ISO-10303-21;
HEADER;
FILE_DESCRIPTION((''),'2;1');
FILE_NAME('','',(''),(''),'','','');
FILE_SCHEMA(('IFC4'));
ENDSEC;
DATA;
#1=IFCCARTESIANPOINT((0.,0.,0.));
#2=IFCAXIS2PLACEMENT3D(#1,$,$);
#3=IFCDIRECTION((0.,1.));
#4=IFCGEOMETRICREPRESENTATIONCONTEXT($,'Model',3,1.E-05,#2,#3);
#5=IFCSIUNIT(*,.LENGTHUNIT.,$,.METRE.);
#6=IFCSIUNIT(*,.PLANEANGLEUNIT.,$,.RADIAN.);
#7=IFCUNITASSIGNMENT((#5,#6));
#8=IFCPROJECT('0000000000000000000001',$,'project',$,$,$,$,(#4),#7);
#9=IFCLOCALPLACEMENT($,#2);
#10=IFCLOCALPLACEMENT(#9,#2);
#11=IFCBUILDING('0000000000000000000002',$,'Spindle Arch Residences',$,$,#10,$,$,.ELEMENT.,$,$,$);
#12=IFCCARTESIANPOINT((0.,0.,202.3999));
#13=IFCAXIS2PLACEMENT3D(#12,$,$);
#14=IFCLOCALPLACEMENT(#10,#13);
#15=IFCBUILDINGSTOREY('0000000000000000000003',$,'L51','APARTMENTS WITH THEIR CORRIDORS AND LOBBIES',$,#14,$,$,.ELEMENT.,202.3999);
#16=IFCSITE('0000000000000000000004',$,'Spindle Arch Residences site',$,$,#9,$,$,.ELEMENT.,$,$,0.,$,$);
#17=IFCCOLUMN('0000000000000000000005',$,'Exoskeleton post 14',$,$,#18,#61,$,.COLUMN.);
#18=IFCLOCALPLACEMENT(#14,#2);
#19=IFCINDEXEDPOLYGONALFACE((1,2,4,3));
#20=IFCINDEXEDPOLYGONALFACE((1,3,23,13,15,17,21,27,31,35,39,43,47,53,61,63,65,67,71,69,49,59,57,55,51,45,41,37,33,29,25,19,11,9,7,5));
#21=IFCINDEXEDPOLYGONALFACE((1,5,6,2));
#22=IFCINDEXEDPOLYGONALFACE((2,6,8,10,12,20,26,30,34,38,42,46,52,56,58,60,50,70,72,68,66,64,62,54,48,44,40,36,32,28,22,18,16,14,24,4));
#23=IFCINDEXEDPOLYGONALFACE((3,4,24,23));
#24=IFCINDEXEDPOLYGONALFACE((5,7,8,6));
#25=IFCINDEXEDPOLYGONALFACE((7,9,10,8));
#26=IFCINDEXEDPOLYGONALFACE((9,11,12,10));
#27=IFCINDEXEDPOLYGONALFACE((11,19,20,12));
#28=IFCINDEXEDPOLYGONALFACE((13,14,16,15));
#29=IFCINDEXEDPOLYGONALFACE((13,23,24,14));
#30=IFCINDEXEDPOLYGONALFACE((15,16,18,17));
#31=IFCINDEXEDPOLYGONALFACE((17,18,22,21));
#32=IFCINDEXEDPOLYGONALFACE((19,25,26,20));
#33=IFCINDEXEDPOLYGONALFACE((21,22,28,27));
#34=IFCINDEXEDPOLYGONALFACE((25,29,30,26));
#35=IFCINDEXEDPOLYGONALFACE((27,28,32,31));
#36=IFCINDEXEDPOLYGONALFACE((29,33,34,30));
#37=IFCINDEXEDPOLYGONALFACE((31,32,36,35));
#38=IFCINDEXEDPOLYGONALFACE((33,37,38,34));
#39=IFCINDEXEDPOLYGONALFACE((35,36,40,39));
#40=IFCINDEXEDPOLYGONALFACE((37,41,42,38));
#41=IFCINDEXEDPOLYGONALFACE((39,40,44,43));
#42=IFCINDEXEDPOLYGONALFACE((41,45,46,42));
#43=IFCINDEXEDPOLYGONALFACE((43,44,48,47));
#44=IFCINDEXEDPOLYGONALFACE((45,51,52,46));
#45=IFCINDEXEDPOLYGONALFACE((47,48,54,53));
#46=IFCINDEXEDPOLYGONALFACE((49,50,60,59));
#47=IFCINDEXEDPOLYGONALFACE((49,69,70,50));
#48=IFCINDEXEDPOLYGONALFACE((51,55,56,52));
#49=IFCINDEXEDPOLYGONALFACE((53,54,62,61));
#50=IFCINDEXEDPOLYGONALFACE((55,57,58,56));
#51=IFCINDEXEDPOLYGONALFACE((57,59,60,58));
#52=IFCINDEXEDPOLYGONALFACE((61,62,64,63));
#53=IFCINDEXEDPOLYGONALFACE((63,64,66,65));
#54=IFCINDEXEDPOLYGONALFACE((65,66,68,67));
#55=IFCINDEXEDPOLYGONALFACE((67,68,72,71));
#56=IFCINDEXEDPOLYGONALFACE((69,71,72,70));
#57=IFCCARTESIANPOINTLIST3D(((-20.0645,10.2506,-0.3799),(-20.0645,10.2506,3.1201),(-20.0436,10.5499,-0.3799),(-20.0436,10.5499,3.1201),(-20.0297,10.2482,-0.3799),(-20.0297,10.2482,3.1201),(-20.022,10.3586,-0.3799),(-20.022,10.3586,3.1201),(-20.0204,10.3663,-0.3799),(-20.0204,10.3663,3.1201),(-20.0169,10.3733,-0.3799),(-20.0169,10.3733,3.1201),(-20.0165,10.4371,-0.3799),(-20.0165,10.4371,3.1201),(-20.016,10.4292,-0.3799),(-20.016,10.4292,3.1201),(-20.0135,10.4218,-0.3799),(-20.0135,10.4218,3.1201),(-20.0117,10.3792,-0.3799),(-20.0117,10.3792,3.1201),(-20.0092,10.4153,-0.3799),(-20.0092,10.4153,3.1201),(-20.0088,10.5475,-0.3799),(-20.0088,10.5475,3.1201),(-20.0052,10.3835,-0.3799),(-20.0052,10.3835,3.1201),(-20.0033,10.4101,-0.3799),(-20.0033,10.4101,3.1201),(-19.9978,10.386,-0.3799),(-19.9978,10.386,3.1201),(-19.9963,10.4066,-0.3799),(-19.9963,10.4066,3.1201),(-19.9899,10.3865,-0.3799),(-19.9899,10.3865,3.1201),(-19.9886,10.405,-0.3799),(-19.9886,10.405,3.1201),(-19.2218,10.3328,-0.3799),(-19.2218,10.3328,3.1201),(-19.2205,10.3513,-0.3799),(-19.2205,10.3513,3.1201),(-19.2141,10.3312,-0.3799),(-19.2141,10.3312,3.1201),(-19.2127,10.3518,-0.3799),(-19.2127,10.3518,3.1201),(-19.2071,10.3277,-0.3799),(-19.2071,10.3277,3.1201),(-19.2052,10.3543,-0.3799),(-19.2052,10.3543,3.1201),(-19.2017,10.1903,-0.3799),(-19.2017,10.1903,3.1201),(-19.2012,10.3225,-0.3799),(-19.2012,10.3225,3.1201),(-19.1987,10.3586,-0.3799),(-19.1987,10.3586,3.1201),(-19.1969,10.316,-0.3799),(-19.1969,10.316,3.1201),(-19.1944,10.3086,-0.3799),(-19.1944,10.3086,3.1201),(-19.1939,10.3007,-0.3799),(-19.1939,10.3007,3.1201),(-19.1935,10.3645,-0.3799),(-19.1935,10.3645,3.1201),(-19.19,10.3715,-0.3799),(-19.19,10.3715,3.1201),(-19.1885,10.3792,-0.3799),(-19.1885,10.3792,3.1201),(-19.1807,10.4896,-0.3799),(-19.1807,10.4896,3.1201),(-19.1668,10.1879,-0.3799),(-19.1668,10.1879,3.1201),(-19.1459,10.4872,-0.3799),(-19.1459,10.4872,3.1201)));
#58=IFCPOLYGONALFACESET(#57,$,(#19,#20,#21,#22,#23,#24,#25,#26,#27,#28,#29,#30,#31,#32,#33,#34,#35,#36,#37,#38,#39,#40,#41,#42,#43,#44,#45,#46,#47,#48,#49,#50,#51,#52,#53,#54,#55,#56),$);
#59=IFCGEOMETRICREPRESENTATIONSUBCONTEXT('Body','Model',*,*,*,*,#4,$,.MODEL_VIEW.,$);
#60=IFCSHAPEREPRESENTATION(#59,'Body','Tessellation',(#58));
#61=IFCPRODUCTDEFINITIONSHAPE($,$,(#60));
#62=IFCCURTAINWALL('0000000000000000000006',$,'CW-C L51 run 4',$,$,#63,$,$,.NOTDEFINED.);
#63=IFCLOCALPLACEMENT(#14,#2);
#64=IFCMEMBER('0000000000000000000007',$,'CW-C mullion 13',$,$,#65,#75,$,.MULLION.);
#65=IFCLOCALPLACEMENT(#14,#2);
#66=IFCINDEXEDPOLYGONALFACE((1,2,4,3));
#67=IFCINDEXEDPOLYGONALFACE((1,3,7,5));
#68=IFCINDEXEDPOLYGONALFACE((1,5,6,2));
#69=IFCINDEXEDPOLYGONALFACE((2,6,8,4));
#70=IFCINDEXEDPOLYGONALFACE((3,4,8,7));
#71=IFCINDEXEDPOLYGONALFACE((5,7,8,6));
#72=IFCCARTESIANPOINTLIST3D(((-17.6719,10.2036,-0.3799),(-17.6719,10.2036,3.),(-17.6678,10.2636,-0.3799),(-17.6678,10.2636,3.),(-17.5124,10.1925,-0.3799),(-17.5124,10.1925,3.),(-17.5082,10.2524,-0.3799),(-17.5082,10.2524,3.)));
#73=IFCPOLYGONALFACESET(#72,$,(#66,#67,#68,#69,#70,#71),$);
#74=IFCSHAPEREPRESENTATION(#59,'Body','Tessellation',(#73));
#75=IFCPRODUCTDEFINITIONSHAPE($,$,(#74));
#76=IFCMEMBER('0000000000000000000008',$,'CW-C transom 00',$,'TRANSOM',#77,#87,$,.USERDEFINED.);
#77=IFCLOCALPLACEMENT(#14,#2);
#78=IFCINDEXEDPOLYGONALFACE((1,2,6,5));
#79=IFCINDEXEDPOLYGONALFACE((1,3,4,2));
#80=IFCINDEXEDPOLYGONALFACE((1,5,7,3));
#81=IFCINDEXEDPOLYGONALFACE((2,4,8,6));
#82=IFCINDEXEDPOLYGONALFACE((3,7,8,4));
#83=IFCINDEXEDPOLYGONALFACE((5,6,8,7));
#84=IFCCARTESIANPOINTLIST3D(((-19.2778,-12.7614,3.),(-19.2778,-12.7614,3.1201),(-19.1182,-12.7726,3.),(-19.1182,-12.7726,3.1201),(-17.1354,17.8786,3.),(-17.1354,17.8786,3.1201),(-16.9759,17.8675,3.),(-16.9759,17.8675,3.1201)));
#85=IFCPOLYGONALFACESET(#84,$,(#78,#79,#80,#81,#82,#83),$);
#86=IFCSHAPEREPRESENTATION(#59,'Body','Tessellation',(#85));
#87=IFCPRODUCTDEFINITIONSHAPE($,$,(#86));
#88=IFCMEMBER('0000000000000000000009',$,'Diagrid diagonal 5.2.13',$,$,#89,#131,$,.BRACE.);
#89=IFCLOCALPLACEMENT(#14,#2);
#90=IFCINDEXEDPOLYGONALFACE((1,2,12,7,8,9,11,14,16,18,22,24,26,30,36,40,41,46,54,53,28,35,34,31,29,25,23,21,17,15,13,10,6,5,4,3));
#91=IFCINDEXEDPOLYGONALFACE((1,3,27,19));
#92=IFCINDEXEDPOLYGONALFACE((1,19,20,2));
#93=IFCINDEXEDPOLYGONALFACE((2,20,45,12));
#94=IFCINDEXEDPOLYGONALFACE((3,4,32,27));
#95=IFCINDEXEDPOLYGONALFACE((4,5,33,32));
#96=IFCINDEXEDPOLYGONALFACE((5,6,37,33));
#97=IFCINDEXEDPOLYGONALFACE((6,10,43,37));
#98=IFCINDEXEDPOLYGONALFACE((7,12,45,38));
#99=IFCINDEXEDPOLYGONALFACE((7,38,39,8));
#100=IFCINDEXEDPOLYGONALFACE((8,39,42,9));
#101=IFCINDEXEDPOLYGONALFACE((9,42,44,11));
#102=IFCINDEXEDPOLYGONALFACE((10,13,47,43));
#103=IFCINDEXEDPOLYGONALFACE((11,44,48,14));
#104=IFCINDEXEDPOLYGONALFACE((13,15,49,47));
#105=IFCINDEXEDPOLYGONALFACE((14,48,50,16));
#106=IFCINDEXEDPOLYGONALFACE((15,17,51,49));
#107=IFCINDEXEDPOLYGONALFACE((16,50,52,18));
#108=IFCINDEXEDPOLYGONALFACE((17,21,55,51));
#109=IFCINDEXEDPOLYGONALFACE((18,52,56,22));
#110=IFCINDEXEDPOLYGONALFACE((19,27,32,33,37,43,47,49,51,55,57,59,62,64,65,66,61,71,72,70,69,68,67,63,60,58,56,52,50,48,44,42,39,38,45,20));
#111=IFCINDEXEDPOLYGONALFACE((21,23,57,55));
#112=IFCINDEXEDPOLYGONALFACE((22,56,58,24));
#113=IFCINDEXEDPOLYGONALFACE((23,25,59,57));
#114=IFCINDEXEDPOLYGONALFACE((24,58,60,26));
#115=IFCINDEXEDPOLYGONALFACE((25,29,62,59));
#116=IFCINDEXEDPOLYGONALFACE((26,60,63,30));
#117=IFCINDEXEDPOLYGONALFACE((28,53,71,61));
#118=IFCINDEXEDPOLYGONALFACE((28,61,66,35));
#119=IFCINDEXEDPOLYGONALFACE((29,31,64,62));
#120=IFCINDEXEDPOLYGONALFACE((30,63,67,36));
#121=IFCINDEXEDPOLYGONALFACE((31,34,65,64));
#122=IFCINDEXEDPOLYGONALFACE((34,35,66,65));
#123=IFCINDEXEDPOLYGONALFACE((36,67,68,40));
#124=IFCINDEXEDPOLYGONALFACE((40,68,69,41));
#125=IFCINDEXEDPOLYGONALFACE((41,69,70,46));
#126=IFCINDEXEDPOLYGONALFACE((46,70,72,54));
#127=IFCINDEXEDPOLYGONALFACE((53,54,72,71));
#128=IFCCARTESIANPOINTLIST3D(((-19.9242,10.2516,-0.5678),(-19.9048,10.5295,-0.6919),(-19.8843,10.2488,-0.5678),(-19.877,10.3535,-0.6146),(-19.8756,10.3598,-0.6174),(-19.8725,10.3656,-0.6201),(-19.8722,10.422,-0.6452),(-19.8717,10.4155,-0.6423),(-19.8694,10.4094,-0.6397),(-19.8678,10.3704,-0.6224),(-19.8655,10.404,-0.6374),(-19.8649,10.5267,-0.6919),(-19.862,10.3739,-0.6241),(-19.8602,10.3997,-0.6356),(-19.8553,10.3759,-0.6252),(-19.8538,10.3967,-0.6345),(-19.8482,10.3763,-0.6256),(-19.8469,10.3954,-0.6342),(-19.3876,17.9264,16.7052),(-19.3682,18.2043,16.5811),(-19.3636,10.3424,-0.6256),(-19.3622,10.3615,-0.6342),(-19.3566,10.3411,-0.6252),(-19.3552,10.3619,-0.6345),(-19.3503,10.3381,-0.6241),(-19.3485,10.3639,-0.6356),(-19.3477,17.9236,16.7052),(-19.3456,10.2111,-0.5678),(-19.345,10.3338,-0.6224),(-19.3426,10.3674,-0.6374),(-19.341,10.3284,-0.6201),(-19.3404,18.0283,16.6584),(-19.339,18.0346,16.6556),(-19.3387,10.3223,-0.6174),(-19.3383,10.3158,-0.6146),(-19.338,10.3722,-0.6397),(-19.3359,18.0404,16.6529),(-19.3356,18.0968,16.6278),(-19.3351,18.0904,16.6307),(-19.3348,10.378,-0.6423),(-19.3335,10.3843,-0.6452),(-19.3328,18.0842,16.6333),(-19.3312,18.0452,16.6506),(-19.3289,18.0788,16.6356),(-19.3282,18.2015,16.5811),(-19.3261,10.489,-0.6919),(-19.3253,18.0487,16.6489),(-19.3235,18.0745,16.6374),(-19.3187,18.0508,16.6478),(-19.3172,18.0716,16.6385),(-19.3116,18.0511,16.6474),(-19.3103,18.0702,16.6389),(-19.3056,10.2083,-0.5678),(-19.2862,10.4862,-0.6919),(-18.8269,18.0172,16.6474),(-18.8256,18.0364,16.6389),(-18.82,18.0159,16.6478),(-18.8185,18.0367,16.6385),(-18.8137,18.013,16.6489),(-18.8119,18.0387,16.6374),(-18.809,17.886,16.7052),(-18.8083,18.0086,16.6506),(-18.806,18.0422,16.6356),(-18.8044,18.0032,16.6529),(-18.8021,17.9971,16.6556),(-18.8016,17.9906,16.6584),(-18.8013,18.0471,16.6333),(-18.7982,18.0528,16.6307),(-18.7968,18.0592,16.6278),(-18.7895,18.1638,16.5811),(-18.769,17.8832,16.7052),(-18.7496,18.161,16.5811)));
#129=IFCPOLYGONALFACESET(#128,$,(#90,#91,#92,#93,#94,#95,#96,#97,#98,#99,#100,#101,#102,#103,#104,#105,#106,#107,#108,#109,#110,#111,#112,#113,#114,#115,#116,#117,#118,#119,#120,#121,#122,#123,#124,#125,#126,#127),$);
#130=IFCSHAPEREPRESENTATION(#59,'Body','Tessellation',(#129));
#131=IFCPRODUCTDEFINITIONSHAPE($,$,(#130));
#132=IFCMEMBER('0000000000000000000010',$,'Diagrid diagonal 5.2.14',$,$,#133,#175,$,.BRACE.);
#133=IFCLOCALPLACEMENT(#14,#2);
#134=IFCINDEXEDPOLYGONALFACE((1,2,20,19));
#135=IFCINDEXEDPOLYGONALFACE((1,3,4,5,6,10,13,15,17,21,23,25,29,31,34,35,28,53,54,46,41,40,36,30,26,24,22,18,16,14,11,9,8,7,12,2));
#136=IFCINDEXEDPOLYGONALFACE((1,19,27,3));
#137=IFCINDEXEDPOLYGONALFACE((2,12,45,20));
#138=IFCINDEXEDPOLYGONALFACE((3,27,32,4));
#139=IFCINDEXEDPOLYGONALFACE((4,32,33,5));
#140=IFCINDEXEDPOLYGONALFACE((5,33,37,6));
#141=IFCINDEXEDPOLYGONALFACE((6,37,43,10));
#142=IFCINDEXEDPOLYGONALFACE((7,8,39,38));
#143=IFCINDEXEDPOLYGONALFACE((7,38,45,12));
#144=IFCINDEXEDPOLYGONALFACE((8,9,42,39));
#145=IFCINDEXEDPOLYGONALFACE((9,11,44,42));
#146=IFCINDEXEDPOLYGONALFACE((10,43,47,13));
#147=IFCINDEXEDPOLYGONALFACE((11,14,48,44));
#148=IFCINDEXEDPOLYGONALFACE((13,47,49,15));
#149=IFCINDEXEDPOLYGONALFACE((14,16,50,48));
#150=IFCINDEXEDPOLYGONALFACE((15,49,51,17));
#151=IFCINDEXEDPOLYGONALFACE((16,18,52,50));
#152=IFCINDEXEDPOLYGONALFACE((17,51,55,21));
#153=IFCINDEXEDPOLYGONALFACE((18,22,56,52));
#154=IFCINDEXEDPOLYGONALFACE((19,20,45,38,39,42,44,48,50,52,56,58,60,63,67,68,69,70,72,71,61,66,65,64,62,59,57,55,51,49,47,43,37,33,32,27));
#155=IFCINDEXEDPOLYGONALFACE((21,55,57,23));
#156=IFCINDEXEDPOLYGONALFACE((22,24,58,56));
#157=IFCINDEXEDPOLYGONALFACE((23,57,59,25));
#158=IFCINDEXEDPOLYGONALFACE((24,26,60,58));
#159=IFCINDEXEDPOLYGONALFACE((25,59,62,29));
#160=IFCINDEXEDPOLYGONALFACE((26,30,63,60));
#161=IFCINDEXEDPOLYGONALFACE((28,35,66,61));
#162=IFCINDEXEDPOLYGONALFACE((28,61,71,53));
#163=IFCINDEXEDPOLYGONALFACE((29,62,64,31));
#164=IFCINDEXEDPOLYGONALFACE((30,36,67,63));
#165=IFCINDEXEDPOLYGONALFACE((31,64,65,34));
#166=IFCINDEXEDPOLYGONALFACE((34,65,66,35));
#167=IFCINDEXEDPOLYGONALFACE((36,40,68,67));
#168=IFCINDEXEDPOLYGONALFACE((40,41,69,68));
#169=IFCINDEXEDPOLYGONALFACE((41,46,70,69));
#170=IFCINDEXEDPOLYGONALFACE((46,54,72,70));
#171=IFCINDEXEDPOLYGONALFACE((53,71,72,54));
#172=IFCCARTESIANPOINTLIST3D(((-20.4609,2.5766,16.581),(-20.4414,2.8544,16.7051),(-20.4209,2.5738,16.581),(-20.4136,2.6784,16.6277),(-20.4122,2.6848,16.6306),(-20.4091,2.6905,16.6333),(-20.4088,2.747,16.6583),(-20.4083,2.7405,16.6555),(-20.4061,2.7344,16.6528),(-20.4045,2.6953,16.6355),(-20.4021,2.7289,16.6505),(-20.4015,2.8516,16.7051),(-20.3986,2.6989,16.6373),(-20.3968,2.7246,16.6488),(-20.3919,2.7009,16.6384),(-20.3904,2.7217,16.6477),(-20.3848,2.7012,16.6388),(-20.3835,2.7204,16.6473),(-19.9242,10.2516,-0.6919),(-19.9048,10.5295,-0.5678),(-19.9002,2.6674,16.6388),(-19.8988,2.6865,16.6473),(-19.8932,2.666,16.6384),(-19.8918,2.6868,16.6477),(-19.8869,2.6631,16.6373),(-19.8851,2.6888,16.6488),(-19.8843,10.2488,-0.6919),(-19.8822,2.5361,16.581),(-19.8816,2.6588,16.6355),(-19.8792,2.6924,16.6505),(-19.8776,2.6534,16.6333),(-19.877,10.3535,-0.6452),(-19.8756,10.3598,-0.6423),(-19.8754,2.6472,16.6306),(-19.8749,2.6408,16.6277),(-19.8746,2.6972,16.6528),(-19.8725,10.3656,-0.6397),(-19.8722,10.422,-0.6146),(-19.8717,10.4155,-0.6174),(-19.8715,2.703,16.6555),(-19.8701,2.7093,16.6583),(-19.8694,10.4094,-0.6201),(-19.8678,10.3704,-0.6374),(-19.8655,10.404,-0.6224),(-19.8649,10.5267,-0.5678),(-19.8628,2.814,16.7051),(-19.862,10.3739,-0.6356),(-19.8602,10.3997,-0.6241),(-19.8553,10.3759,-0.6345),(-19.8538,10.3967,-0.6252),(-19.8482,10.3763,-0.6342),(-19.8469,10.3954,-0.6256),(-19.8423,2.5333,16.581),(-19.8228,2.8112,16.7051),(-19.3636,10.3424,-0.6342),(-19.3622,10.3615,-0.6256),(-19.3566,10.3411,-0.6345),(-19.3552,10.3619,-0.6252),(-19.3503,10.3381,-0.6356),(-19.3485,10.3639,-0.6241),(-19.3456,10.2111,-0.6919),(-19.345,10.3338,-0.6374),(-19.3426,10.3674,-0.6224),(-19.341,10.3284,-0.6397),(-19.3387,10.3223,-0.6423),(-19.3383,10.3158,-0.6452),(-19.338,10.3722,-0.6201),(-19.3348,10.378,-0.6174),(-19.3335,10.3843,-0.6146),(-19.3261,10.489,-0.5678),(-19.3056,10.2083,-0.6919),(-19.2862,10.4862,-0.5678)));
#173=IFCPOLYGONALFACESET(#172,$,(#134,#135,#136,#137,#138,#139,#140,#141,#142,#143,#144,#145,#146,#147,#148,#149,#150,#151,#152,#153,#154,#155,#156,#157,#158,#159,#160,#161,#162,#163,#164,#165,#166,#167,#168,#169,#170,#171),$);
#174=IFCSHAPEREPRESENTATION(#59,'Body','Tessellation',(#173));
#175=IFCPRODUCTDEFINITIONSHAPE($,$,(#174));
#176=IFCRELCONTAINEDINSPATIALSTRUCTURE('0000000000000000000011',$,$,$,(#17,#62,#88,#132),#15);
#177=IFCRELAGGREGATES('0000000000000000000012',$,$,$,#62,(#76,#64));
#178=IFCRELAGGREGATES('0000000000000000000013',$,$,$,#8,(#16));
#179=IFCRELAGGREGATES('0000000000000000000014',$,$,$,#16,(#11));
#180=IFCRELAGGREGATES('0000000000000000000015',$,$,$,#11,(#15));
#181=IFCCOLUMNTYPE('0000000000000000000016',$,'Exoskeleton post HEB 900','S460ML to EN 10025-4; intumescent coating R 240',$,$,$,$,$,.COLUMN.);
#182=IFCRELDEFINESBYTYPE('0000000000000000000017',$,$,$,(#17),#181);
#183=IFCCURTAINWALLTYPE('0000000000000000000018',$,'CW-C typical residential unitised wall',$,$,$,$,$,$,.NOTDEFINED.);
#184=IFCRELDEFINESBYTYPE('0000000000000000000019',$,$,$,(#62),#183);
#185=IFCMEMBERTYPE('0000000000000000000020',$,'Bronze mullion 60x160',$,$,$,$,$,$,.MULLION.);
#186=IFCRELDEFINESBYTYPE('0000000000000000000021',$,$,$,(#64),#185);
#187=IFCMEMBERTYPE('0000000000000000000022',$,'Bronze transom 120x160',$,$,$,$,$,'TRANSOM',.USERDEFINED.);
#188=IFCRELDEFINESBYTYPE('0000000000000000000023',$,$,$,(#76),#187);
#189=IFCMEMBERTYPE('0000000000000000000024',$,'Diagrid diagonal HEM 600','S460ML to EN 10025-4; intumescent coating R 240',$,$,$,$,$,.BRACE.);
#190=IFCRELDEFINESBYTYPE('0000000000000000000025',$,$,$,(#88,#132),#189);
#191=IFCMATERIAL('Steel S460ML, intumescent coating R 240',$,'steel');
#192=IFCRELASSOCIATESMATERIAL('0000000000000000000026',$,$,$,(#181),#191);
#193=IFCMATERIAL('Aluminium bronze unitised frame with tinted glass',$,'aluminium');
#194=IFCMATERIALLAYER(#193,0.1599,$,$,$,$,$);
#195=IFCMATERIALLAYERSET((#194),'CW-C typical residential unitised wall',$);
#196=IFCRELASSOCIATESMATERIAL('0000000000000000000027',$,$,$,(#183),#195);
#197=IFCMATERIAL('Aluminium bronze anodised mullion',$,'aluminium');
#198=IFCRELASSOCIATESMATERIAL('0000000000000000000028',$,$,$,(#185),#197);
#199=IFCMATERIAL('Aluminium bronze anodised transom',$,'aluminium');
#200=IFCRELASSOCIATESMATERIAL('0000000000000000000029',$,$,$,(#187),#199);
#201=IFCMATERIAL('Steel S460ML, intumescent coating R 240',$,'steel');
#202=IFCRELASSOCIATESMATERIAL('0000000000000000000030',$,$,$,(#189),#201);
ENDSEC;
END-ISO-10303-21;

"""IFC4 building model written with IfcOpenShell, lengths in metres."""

from ifc_helpers import new_model, si_unit, direction, frame, origin, origin_2d, place, context, subcontext, project, spatial, rectangle, i_section, extrude, material, layer, layer_set, material_profile, profile_set, type_object, element, aggregate, save


model = new_model("IFC4")

# Units and contexts
model_context = context("Model", 3, precision=1e-05, world=origin(), true_north=direction((0.0, 1.0)))
body_context = subcontext(model_context, "Body", "Model", "MODEL_VIEW")
ifc_project = project(units=[si_unit("LENGTHUNIT", "METRE"), si_unit("PLANEANGLEUNIT", "RADIAN")], contexts=[model_context])

# Site, building, storey
site_placement = place(None, origin())
site = spatial("IfcSite", under=ifc_project, at=site_placement, Name="Spindle Arch Residences site", CompositionType="ELEMENT", RefElevation=0.0)
building_placement = place(site_placement, origin())
building = spatial("IfcBuilding", under=site, at=building_placement, Name="Spindle Arch Residences", CompositionType="ELEMENT")
storey_placement = place(building_placement, frame((0.0, 0.0, 202.3999)))
storey = spatial("IfcBuildingStorey", under=building, at=storey_placement, Name="L51", Description="APARTMENTS WITH THEIR CORRIDORS AND LOBBIES", CompositionType="ELEMENT", Elevation=202.3999)

# Column
ifc_material_1 = material(Name="Steel S460ML, intumescent coating R 240", Category="steel")
ifc_material_profile_1 = material_profile(ifc_material_1, i_section(OverallWidth=0.3, OverallDepth=0.8999, WebThickness=0.0186, FlangeThickness=0.0349, FilletRadius=0.03, at=origin_2d()), Name="HEB 900")
ifc_profile_set_1 = profile_set([ifc_material_profile_1], Name="Steel S460ML, intumescent coating R 240")
column_type = type_object("IfcColumnType", Name="Exoskeleton post HEB 900", Description="S460ML to EN 10025-4; intumescent coating R 240", PredefinedType="COLUMN", material=ifc_profile_set_1)
column_placement = place(storey_placement, frame((-19.6052, 10.3689, -0.3799), z_axis=(0.0, 0.0, 1.0), x_axis=(0.069756, 0.997564, 0.0)))
element("IfcColumn", 1, at=column_placement, inside=storey, type_object=column_type, Name="Exoskeleton post 14", PredefinedType="COLUMN", context=body_context, shape_type="SweptSolid", body=[
    extrude(i_section(OverallWidth=0.3, OverallDepth=0.8999, WebThickness=0.0186, FlangeThickness=0.0349, FilletRadius=0.03, at=origin_2d()), origin(), (0.0, 0.0, 1.0), 3.5),
])

# Curtain wall, members
ifc_material_2 = material(Name="Aluminium bronze unitised frame with tinted glass", Category="aluminium")
ifc_layer_1 = layer(ifc_material_2, 0.1599)
ifc_layer_set_1 = layer_set([ifc_layer_1], Name="CW-C typical residential unitised wall")
curtain_wall_type = type_object("IfcCurtainWallType", Name="CW-C typical residential unitised wall", PredefinedType="NOTDEFINED", material=ifc_layer_set_1)
curtain_wall_placement = place(storey_placement, origin())
curtain_wall = element("IfcCurtainWall", 2, at=curtain_wall_placement, inside=storey, type_object=curtain_wall_type, Name="CW-C L51 run 4", PredefinedType="NOTDEFINED")
ifc_material_3 = material(Name="Aluminium bronze anodised mullion", Category="aluminium")
ifc_material_profile_2 = material_profile(ifc_material_3, rectangle(XDim=0.1599, YDim=0.0601, at=origin_2d()), Name="MU 60x160")
ifc_profile_set_2 = profile_set([ifc_material_profile_2], Name="Aluminium bronze anodised mullion")
member_type_1 = type_object("IfcMemberType", Name="Bronze mullion 60x160", PredefinedType="MULLION", material=ifc_profile_set_2)
member_1_placement = place(storey_placement, frame((-17.5901, 10.228, -0.3799), z_axis=(0.0, 0.0, 1.0), x_axis=(0.997564, -0.069756, 0.0)))
member_1 = element("IfcMember", 3, at=member_1_placement, type_object=member_type_1, Name="CW-C mullion 13", PredefinedType="MULLION", context=body_context, shape_type="SweptSolid", body=[
    extrude(rectangle(XDim=0.1599, YDim=0.0601, at=origin_2d()), origin(), (0.0, 0.0, 1.0), 3.3799),
])
ifc_material_4 = material(Name="Aluminium bronze anodised transom", Category="aluminium")
ifc_material_profile_3 = material_profile(ifc_material_4, rectangle(XDim=0.1599, YDim=0.1201, at=origin_2d()), Name="TR 120x160")
ifc_profile_set_3 = profile_set([ifc_material_profile_3], Name="Aluminium bronze anodised transom")
member_type_2 = type_object("IfcMemberType", Name="Bronze transom 120x160", ElementType="TRANSOM", PredefinedType="USERDEFINED", material=ifc_profile_set_3)
member_2_placement = place(storey_placement, frame((-17.0557, 17.873, 3.0601), z_axis=(-0.069749, -0.997565, 0.0), x_axis=(0.997565, -0.069749, 0.0)))
member_2 = element("IfcMember", 4, at=member_2_placement, type_object=member_type_2, Name="CW-C transom 00", ObjectType="TRANSOM", PredefinedType="USERDEFINED", context=body_context, shape_type="SweptSolid", body=[
    extrude(rectangle(XDim=0.1599, YDim=0.1201, at=origin_2d()), origin(), (0.0, 0.0, 1.0), 30.7148),
])

# Members
ifc_material_5 = material(Name="Steel S460ML, intumescent coating R 240", Category="steel")
ifc_material_profile_4 = material_profile(ifc_material_5, i_section(OverallWidth=0.3049, OverallDepth=0.6201, WebThickness=0.021, FlangeThickness=0.04, FilletRadius=0.0271, at=origin_2d()), Name="HEM 600")
ifc_profile_set_4 = profile_set([ifc_material_profile_4], Name="Steel S460ML, intumescent coating R 240")
member_type_3 = type_object("IfcMemberType", Name="Diagrid diagonal HEM 600", Description="S460ML to EN 10025-4; intumescent coating R 240", PredefinedType="BRACE", material=ifc_profile_set_4)
for number, where, z_axis, x_axis, name in (
    (5, (-19.6052, 10.3689, -0.6299), (0.028379, 0.405884, 0.913484), (-0.063715, -0.911259, 0.406875), "Diagrid diagonal 5.2.13"),
    (6, (-19.6052, 10.3689, -0.6299), (-0.028379, -0.405895, 0.913479), (0.063713, 0.911255, 0.406886), "Diagrid diagonal 5.2.14"),
):
    element("IfcMember", number, at=place(storey_placement, frame(where, z_axis=z_axis, x_axis=x_axis)), inside=storey, type_object=member_type_3, Name=name, PredefinedType="BRACE", context=body_context, shape_type="SweptSolid", body=[
        extrude(i_section(OverallWidth=0.3049, OverallDepth=0.6201, WebThickness=0.021, FlangeThickness=0.04, FilletRadius=0.0271, at=origin_2d()), origin(), (0.0, 0.0, 1.0), 18.9089),
    ])

aggregate(curtain_wall, [member_2, member_1])

save(model, "model.ifc")
